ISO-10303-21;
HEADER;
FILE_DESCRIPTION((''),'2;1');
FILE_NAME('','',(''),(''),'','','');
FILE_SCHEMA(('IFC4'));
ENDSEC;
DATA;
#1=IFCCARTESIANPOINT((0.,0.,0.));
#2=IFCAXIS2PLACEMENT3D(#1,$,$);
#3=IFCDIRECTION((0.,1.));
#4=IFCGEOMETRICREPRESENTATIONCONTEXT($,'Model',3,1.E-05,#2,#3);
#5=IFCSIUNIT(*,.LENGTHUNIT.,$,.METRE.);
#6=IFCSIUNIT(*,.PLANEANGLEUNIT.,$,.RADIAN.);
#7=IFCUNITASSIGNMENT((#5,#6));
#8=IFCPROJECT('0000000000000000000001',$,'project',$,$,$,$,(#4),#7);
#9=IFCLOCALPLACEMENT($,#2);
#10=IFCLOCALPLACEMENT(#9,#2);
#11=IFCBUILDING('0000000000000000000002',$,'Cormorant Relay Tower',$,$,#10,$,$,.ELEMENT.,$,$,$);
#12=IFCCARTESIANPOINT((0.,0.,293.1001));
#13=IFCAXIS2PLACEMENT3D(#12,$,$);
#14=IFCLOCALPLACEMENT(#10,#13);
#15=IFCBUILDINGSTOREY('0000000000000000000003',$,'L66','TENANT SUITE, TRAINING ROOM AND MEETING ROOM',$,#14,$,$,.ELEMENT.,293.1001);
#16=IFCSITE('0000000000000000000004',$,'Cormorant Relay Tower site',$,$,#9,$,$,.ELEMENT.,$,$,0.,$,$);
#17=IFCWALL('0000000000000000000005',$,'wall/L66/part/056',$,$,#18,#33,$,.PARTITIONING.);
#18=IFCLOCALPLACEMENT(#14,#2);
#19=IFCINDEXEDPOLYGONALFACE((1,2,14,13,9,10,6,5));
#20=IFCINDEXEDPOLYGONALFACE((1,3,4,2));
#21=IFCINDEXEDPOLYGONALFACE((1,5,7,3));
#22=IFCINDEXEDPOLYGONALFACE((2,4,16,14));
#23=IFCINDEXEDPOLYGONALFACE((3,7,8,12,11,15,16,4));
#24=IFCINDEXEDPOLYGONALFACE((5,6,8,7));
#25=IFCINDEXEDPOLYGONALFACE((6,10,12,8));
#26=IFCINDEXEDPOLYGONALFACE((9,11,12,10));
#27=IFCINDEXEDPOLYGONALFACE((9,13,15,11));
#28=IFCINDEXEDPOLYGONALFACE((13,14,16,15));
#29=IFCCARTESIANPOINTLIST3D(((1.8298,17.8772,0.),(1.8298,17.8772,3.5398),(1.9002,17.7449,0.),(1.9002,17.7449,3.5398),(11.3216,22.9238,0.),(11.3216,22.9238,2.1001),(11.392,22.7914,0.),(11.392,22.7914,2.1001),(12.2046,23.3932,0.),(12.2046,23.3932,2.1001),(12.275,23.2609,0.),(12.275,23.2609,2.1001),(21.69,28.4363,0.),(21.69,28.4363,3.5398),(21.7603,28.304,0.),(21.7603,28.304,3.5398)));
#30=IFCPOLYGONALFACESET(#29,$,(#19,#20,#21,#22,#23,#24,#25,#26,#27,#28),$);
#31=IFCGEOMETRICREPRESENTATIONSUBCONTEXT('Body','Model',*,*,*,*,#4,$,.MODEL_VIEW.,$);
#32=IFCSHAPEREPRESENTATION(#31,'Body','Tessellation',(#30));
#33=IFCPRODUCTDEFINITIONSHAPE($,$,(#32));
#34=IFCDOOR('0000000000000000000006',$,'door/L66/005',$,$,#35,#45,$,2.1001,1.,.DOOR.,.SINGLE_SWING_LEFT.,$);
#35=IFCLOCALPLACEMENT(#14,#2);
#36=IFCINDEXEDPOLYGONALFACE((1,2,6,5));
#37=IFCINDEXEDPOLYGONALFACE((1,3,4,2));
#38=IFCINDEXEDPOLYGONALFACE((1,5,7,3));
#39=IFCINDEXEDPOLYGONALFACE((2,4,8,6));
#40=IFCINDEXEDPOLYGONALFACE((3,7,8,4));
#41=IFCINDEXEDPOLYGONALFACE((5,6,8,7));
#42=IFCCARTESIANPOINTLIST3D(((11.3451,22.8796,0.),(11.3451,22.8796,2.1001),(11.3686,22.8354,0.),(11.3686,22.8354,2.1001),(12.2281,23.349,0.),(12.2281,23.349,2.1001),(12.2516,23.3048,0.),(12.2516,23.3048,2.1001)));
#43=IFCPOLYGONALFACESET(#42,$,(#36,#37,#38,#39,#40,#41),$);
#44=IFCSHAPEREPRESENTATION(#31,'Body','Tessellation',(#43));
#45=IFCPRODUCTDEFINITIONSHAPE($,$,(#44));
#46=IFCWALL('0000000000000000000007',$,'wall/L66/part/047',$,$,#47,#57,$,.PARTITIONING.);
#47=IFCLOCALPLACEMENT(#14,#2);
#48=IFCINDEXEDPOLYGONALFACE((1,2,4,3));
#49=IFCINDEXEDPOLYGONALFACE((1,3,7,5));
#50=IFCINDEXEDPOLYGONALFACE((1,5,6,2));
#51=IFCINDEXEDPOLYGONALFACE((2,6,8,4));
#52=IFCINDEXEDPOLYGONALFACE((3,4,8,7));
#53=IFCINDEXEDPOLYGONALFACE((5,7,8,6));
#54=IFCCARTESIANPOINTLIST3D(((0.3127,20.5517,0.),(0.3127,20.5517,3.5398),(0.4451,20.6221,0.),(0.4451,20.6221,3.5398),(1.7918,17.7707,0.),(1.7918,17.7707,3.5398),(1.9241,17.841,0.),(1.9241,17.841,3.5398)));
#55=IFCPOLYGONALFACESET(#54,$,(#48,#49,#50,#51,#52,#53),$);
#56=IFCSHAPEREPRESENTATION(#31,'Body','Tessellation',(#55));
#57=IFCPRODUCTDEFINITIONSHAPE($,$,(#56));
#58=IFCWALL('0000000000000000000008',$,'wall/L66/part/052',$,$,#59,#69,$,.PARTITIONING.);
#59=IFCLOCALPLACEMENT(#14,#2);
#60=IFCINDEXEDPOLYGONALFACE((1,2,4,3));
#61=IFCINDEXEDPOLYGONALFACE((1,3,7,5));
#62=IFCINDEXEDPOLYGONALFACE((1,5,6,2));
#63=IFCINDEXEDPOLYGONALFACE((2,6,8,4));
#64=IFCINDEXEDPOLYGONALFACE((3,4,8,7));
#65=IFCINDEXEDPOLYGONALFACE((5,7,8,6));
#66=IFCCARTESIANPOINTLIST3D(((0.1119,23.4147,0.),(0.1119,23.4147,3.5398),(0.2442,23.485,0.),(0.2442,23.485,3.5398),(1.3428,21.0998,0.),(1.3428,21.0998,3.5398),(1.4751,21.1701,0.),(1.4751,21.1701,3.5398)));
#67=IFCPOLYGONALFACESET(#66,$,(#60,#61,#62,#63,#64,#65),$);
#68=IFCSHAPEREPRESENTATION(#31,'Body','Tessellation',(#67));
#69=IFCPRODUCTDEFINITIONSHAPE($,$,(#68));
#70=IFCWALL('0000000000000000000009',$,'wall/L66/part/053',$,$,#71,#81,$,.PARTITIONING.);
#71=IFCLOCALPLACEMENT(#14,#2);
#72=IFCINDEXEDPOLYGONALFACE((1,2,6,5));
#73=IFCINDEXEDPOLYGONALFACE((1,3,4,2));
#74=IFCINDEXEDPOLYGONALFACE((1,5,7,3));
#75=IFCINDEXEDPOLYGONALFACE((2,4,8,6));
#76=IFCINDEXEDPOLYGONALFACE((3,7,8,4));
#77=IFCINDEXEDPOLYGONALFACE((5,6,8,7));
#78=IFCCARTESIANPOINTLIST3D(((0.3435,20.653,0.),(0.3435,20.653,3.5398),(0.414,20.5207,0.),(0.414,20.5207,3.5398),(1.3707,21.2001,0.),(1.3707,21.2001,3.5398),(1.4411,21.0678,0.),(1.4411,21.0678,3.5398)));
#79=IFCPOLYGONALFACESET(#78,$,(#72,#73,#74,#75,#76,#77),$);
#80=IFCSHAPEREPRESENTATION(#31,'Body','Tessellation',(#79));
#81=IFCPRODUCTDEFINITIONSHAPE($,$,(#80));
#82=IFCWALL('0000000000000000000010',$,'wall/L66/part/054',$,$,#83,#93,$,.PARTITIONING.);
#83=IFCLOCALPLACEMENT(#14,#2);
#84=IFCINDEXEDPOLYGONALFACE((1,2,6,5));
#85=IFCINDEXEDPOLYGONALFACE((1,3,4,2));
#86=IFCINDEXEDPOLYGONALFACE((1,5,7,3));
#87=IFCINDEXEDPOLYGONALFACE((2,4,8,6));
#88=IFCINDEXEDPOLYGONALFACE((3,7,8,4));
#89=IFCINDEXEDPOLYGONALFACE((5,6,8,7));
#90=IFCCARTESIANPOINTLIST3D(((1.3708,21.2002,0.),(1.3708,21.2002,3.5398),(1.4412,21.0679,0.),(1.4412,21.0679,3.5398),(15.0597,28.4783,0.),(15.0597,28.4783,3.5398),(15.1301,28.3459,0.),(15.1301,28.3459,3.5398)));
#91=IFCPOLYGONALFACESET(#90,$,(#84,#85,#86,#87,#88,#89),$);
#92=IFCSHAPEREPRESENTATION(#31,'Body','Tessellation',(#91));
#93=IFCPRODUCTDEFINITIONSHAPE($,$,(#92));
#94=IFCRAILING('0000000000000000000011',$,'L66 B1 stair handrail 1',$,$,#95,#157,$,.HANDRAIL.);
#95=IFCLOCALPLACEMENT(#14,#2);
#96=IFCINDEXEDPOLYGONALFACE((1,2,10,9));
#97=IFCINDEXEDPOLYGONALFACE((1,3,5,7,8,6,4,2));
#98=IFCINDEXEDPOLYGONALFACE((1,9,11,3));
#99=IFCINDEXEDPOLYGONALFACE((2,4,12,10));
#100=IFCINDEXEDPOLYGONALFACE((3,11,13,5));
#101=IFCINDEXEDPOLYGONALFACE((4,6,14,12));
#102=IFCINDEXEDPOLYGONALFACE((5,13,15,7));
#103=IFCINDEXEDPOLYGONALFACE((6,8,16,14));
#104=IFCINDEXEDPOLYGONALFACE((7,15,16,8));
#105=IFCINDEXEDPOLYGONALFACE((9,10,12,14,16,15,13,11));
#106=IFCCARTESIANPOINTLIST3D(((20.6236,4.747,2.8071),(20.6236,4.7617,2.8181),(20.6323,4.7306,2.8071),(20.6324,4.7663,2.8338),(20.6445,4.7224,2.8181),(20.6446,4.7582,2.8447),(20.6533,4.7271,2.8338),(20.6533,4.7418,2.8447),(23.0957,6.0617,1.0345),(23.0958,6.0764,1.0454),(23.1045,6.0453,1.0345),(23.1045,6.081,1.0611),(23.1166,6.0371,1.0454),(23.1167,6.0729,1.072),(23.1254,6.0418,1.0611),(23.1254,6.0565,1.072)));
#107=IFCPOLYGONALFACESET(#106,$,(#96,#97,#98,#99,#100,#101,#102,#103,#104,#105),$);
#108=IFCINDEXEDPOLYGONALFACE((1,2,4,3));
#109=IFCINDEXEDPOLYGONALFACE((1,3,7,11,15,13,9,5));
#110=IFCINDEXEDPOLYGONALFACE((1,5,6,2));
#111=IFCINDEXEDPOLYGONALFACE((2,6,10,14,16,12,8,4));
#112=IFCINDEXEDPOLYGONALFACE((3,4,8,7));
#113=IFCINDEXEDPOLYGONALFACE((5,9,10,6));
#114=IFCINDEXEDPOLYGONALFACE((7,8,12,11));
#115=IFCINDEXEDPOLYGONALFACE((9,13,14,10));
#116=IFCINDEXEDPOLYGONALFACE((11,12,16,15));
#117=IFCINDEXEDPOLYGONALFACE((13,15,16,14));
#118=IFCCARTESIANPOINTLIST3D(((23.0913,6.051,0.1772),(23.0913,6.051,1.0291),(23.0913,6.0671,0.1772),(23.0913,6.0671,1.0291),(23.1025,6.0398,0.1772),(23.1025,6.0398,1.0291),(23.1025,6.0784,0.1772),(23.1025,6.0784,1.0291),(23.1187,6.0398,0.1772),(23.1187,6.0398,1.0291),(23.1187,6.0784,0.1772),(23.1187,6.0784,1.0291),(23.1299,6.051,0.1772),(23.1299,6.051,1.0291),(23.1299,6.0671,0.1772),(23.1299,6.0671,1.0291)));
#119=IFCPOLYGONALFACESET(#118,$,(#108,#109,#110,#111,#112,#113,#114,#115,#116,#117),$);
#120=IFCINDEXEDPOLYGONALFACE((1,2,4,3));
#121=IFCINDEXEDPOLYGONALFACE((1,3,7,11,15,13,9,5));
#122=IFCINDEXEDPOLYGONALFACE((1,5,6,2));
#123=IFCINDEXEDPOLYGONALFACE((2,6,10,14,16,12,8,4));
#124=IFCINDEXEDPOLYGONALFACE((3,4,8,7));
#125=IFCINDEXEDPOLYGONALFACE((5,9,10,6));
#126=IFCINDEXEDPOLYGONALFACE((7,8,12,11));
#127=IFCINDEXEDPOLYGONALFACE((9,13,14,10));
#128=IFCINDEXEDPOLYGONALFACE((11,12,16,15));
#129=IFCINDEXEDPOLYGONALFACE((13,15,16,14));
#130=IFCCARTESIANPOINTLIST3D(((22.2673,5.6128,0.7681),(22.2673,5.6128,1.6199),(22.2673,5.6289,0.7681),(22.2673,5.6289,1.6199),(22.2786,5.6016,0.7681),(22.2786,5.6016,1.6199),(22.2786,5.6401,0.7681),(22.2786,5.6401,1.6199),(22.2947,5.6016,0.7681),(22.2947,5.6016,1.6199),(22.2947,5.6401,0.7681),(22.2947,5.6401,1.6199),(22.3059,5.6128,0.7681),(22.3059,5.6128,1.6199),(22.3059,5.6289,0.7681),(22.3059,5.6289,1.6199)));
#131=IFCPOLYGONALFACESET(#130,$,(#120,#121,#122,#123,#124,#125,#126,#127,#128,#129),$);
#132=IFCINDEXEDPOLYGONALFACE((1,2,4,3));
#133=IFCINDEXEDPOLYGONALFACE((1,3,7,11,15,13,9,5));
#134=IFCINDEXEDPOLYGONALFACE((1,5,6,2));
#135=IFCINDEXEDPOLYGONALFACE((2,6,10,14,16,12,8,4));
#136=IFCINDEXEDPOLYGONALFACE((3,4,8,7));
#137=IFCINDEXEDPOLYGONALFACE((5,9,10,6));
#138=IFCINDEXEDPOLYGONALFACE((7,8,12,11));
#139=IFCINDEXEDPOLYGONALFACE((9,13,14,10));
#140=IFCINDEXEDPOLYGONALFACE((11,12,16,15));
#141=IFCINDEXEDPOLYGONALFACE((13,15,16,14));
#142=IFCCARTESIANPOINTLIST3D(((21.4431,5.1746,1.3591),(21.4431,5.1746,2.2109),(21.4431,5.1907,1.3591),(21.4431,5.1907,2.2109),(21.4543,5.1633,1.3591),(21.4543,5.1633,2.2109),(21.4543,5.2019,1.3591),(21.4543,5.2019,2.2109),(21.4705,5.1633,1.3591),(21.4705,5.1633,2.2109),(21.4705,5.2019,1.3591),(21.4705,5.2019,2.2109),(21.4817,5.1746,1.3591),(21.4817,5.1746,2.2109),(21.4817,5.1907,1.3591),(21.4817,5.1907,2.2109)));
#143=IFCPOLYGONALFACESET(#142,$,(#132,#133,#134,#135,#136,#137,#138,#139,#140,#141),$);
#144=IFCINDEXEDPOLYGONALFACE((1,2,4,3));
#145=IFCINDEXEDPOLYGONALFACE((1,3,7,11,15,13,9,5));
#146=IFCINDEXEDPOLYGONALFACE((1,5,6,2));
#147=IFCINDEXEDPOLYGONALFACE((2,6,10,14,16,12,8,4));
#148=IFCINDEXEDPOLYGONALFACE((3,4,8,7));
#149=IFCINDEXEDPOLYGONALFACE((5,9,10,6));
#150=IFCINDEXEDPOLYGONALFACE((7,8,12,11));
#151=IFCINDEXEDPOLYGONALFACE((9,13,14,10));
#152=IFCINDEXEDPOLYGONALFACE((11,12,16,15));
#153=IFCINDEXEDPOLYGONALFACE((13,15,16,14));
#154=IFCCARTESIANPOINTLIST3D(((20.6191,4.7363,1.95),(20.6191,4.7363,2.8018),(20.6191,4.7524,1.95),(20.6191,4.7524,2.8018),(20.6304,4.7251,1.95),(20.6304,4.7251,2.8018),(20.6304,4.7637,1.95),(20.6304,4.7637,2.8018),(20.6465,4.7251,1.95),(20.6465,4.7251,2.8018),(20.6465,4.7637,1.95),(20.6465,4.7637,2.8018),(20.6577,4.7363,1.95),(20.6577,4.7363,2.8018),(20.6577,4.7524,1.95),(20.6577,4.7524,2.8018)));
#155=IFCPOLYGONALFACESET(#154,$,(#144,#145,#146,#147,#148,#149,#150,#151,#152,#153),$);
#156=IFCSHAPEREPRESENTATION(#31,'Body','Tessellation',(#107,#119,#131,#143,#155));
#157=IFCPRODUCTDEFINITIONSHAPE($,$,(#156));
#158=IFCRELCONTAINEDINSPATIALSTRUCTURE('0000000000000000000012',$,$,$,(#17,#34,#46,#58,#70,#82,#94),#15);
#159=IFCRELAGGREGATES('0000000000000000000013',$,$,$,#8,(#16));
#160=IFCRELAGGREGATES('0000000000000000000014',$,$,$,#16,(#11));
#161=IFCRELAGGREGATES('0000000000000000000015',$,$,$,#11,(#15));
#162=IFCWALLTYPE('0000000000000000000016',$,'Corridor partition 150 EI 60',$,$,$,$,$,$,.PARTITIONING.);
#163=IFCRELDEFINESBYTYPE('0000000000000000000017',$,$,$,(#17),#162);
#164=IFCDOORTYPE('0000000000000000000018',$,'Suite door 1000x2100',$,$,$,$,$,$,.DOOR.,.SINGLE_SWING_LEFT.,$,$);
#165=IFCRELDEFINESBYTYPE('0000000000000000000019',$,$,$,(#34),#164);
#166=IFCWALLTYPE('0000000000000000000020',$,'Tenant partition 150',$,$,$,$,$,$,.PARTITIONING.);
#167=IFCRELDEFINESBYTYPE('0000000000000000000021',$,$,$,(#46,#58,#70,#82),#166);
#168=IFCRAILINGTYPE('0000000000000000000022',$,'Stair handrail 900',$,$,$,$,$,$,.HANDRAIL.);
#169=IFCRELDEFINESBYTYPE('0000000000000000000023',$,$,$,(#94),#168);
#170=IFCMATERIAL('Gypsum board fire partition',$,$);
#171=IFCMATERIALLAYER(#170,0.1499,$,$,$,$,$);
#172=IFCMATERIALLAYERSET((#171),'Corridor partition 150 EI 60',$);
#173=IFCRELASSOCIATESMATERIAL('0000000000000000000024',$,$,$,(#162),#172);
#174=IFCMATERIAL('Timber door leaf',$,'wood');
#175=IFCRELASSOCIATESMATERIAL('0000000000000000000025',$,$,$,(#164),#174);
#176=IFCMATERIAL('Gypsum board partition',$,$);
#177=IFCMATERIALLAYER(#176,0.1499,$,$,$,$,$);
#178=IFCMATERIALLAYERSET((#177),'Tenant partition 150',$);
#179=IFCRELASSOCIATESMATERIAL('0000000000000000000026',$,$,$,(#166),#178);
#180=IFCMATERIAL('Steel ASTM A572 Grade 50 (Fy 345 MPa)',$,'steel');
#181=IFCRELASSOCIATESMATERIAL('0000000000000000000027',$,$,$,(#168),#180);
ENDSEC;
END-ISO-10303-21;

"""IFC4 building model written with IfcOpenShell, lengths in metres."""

from ifc_helpers import new_model, si_unit, direction, frame, frame_2d, origin, place, context, subcontext, project, spatial, polyline, rectangle, outline, extrude, material, layer, layer_set, type_object, element, fill, save


model = new_model("IFC4")

# Units and contexts
model_context = context("Model", 3, precision=1e-05, world=origin(), true_north=direction((0.0, 1.0)))
body_context = subcontext(model_context, "Body", "Model", "MODEL_VIEW")
ifc_project = project(units=[si_unit("LENGTHUNIT", "METRE"), si_unit("PLANEANGLEUNIT", "RADIAN")], contexts=[model_context])

# Site, building, storey
site_placement = place(None, origin())
site = spatial("IfcSite", under=ifc_project, at=site_placement, Name="Cormorant Relay Tower site", CompositionType="ELEMENT", RefElevation=0.0)
building_placement = place(site_placement, origin())
building = spatial("IfcBuilding", under=site, at=building_placement, Name="Cormorant Relay Tower", CompositionType="ELEMENT")
storey_placement = place(building_placement, frame((0.0, 0.0, 293.1001)))
storey = spatial("IfcBuildingStorey", under=building, at=storey_placement, Name="L66", Description="TENANT SUITE, TRAINING ROOM AND MEETING ROOM", CompositionType="ELEMENT", Elevation=293.1001)

# Shared definitions
ifc_material_1 = material(Name="Gypsum board fire partition")
ifc_layer_1 = layer(ifc_material_1, 0.1499)
ifc_layer_set_1 = layer_set([ifc_layer_1], Name="Corridor partition 150 EI 60")
wall_type_1 = type_object("IfcWallType", Name="Corridor partition 150 EI 60", PredefinedType="PARTITIONING", material=ifc_layer_set_1)

# Wall, opening, door
wall_1_placement = place(storey_placement, frame((1.865, 17.811, 0.0), z_axis=(0.0, 0.0, 1.0), x_axis=(0.882961, 0.469446, 0.0)))
wall_1 = element("IfcWall", 1, at=wall_1_placement, inside=storey, type_object=wall_type_1, Name="wall/L66/part/056", PredefinedType="PARTITIONING", context=body_context, shape_type="SweptSolid", body=[
    extrude(rectangle(XDim=22.4927, YDim=0.1499, at=frame_2d((11.2463, 0.0))), origin(), (0.0, 0.0, 1.0), 3.5398),
])
opening_1_placement = place(wall_1_placement, frame((10.75, 0.0, 0.0)))
opening_1 = element("IfcOpeningElement", 2, at=opening_1_placement, cuts=wall_1, PredefinedType="OPENING", context=body_context, shape_type="SweptSolid", body=[
    extrude(rectangle(XDim=1.0, YDim=2.1001, at=frame_2d((0.5, 1.05))), frame((0.0, 0.085, 0.0), z_axis=(0.0, -1.0, 0.0), x_axis=(1.0, 0.0, 0.0)), (0.0, 0.0, 1.0), 0.1699),
])
ifc_material_2 = material(Name="Timber door leaf", Category="wood")
door_type_1 = type_object("IfcDoorType", Name="Suite door 1000x2100", OperationType="SINGLE_SWING_LEFT", PredefinedType="DOOR", material=ifc_material_2)
door_1_placement = place(opening_1_placement, origin())
door_1 = element("IfcDoor", 3, at=door_1_placement, inside=storey, type_object=door_type_1, Name="door/L66/005", OperationType="SINGLE_SWING_LEFT", OverallHeight=2.1001, OverallWidth=1.0, PredefinedType="DOOR", context=body_context, shape_type="SweptSolid", body=[
    extrude(rectangle(XDim=1.0, YDim=2.1001, at=frame_2d((0.5, 1.05))), frame((0.0, 0.0249, 0.0), z_axis=(0.0, -1.0, 0.0), x_axis=(1.0, 0.0, 0.0)), (0.0, 0.0, 1.0), 0.05),
])
fill(opening_1, door_1)

# Walls
ifc_material_3 = material(Name="Gypsum board partition")
ifc_layer_2 = layer(ifc_material_3, 0.1499)
ifc_layer_set_2 = layer_set([ifc_layer_2], Name="Tenant partition 150")
wall_type_2 = type_object("IfcWallType", Name="Tenant partition 150", PredefinedType="PARTITIONING", material=ifc_layer_set_2)
wall_2_placement = place(storey_placement, frame((0.3789, 20.5869, 0.0), z_axis=(0.0, 0.0, 1.0), x_axis=(0.46955, -0.882906, 0.0)))
element("IfcWall", 4, at=wall_2_placement, inside=storey, type_object=wall_type_2, Name="wall/L66/part/047", PredefinedType="PARTITIONING", context=body_context, shape_type="SweptSolid", body=[
    extrude(rectangle(XDim=3.1499, YDim=0.1499, at=frame_2d((1.575, 0.0))), origin(), (0.0, 0.0, 1.0), 3.5398),
])
wall_3_placement = place(storey_placement, frame((0.178, 23.45, 0.0), z_axis=(0.0, 0.0, 1.0), x_axis=(0.469496, -0.882935, 0.0)))
element("IfcWall", 5, at=wall_3_placement, inside=storey, type_object=wall_type_2, Name="wall/L66/part/052", PredefinedType="PARTITIONING", context=body_context, shape_type="SweptSolid", body=[
    extrude(rectangle(XDim=2.6218, YDim=0.1499, at=frame_2d((1.311, 0.0))), origin(), (0.0, 0.0, 1.0), 3.5398),
])
wall_4_placement = place(storey_placement, frame((1.406, 21.134, 0.0), z_axis=(0.0, 0.0, 1.0), x_axis=(-0.882591, -0.470142, 0.0)))
element("IfcWall", 6, at=wall_4_placement, inside=storey, type_object=wall_type_2, Name="wall/L66/part/053", PredefinedType="PARTITIONING", context=body_context, shape_type="SweptSolid", body=[
    extrude(rectangle(XDim=1.1638, YDim=0.1499, at=frame_2d((0.582, 0.0))), origin(), (0.0, 0.0, 1.0), 3.5398),
])
wall_5_placement = place(storey_placement, frame((1.406, 21.134, 0.0), z_axis=(0.0, 0.0, 1.0), x_axis=(0.88296, 0.469448, 0.0)))
element("IfcWall", 7, at=wall_5_placement, inside=storey, type_object=wall_type_2, Name="wall/L66/part/054", PredefinedType="PARTITIONING", context=body_context, shape_type="SweptSolid", body=[
    extrude(rectangle(XDim=15.5034, YDim=0.1499, at=frame_2d((7.7517, 0.0))), origin(), (0.0, 0.0, 1.0), 3.5398),
])

# Railing
ifc_material_4 = material(Name="Steel ASTM A572 Grade 50 (Fy 345 MPa)", Category="steel")
railing_type = type_object("IfcRailingType", Name="Stair handrail 900", PredefinedType="HANDRAIL", material=ifc_material_4)
railing_placement = place(storey_placement, frame((23.1106, 6.0591, 0.1772)))
element("IfcRailing", 8, at=railing_placement, inside=storey, type_object=railing_type, Name="L66 B1 stair handrail 1", PredefinedType="HANDRAIL", context=body_context, shape_type="SweptSolid", body=[
    extrude(outline(polyline([(0.0222, 0.0093), (0.0093, 0.0222), (-0.0093, 0.0222), (-0.0222, 0.0093), (-0.0222, -0.0093), (-0.0093, -0.0222), (0.0093, -0.0222), (0.0222, -0.0093), (0.0222, 0.0093)])), frame((0.0, 0.0, 0.876), z_axis=(-0.745979, -0.396711, 0.534916), x_axis=(0.469533, -0.882915, 0.0)), (0.0, 0.0, 1.0), 3.314),
    extrude(outline(polyline([(0.0193, 0.0081), (0.0081, 0.0193), (-0.0081, 0.0193), (-0.0193, 0.0081), (-0.0193, -0.0081), (-0.0081, -0.0193), (0.0081, -0.0193), (0.0193, -0.0081), (0.0193, 0.0081)])), origin(), (0.0, 0.0, 1.0), 0.8518),
    extrude(outline(polyline([(0.0193, 0.0081), (0.0081, 0.0193), (-0.0081, 0.0193), (-0.0193, 0.0081), (-0.0193, -0.0081), (-0.0081, -0.0193), (0.0081, -0.0193), (0.0193, -0.0081), (0.0193, 0.0081)])), frame((-0.824, -0.4382, 0.5908)), (0.0, 0.0, 1.0), 0.8518),
    extrude(outline(polyline([(0.0193, 0.0081), (0.0081, 0.0193), (-0.0081, 0.0193), (-0.0193, 0.0081), (-0.0193, -0.0081), (-0.0081, -0.0193), (0.0081, -0.0193), (0.0193, -0.0081), (0.0193, 0.0081)])), frame((-1.6482, -0.8765, 1.1819)), (0.0, 0.0, 1.0), 0.8518),
    extrude(outline(polyline([(0.0193, 0.0081), (0.0081, 0.0193), (-0.0081, 0.0193), (-0.0193, 0.0081), (-0.0193, -0.0081), (-0.0081, -0.0193), (0.0081, -0.0193), (0.0193, -0.0081), (0.0193, 0.0081)])), frame((-2.4722, -1.3147, 1.7727)), (0.0, 0.0, 1.0), 0.8518),
])

save(model, "model.ifc")
